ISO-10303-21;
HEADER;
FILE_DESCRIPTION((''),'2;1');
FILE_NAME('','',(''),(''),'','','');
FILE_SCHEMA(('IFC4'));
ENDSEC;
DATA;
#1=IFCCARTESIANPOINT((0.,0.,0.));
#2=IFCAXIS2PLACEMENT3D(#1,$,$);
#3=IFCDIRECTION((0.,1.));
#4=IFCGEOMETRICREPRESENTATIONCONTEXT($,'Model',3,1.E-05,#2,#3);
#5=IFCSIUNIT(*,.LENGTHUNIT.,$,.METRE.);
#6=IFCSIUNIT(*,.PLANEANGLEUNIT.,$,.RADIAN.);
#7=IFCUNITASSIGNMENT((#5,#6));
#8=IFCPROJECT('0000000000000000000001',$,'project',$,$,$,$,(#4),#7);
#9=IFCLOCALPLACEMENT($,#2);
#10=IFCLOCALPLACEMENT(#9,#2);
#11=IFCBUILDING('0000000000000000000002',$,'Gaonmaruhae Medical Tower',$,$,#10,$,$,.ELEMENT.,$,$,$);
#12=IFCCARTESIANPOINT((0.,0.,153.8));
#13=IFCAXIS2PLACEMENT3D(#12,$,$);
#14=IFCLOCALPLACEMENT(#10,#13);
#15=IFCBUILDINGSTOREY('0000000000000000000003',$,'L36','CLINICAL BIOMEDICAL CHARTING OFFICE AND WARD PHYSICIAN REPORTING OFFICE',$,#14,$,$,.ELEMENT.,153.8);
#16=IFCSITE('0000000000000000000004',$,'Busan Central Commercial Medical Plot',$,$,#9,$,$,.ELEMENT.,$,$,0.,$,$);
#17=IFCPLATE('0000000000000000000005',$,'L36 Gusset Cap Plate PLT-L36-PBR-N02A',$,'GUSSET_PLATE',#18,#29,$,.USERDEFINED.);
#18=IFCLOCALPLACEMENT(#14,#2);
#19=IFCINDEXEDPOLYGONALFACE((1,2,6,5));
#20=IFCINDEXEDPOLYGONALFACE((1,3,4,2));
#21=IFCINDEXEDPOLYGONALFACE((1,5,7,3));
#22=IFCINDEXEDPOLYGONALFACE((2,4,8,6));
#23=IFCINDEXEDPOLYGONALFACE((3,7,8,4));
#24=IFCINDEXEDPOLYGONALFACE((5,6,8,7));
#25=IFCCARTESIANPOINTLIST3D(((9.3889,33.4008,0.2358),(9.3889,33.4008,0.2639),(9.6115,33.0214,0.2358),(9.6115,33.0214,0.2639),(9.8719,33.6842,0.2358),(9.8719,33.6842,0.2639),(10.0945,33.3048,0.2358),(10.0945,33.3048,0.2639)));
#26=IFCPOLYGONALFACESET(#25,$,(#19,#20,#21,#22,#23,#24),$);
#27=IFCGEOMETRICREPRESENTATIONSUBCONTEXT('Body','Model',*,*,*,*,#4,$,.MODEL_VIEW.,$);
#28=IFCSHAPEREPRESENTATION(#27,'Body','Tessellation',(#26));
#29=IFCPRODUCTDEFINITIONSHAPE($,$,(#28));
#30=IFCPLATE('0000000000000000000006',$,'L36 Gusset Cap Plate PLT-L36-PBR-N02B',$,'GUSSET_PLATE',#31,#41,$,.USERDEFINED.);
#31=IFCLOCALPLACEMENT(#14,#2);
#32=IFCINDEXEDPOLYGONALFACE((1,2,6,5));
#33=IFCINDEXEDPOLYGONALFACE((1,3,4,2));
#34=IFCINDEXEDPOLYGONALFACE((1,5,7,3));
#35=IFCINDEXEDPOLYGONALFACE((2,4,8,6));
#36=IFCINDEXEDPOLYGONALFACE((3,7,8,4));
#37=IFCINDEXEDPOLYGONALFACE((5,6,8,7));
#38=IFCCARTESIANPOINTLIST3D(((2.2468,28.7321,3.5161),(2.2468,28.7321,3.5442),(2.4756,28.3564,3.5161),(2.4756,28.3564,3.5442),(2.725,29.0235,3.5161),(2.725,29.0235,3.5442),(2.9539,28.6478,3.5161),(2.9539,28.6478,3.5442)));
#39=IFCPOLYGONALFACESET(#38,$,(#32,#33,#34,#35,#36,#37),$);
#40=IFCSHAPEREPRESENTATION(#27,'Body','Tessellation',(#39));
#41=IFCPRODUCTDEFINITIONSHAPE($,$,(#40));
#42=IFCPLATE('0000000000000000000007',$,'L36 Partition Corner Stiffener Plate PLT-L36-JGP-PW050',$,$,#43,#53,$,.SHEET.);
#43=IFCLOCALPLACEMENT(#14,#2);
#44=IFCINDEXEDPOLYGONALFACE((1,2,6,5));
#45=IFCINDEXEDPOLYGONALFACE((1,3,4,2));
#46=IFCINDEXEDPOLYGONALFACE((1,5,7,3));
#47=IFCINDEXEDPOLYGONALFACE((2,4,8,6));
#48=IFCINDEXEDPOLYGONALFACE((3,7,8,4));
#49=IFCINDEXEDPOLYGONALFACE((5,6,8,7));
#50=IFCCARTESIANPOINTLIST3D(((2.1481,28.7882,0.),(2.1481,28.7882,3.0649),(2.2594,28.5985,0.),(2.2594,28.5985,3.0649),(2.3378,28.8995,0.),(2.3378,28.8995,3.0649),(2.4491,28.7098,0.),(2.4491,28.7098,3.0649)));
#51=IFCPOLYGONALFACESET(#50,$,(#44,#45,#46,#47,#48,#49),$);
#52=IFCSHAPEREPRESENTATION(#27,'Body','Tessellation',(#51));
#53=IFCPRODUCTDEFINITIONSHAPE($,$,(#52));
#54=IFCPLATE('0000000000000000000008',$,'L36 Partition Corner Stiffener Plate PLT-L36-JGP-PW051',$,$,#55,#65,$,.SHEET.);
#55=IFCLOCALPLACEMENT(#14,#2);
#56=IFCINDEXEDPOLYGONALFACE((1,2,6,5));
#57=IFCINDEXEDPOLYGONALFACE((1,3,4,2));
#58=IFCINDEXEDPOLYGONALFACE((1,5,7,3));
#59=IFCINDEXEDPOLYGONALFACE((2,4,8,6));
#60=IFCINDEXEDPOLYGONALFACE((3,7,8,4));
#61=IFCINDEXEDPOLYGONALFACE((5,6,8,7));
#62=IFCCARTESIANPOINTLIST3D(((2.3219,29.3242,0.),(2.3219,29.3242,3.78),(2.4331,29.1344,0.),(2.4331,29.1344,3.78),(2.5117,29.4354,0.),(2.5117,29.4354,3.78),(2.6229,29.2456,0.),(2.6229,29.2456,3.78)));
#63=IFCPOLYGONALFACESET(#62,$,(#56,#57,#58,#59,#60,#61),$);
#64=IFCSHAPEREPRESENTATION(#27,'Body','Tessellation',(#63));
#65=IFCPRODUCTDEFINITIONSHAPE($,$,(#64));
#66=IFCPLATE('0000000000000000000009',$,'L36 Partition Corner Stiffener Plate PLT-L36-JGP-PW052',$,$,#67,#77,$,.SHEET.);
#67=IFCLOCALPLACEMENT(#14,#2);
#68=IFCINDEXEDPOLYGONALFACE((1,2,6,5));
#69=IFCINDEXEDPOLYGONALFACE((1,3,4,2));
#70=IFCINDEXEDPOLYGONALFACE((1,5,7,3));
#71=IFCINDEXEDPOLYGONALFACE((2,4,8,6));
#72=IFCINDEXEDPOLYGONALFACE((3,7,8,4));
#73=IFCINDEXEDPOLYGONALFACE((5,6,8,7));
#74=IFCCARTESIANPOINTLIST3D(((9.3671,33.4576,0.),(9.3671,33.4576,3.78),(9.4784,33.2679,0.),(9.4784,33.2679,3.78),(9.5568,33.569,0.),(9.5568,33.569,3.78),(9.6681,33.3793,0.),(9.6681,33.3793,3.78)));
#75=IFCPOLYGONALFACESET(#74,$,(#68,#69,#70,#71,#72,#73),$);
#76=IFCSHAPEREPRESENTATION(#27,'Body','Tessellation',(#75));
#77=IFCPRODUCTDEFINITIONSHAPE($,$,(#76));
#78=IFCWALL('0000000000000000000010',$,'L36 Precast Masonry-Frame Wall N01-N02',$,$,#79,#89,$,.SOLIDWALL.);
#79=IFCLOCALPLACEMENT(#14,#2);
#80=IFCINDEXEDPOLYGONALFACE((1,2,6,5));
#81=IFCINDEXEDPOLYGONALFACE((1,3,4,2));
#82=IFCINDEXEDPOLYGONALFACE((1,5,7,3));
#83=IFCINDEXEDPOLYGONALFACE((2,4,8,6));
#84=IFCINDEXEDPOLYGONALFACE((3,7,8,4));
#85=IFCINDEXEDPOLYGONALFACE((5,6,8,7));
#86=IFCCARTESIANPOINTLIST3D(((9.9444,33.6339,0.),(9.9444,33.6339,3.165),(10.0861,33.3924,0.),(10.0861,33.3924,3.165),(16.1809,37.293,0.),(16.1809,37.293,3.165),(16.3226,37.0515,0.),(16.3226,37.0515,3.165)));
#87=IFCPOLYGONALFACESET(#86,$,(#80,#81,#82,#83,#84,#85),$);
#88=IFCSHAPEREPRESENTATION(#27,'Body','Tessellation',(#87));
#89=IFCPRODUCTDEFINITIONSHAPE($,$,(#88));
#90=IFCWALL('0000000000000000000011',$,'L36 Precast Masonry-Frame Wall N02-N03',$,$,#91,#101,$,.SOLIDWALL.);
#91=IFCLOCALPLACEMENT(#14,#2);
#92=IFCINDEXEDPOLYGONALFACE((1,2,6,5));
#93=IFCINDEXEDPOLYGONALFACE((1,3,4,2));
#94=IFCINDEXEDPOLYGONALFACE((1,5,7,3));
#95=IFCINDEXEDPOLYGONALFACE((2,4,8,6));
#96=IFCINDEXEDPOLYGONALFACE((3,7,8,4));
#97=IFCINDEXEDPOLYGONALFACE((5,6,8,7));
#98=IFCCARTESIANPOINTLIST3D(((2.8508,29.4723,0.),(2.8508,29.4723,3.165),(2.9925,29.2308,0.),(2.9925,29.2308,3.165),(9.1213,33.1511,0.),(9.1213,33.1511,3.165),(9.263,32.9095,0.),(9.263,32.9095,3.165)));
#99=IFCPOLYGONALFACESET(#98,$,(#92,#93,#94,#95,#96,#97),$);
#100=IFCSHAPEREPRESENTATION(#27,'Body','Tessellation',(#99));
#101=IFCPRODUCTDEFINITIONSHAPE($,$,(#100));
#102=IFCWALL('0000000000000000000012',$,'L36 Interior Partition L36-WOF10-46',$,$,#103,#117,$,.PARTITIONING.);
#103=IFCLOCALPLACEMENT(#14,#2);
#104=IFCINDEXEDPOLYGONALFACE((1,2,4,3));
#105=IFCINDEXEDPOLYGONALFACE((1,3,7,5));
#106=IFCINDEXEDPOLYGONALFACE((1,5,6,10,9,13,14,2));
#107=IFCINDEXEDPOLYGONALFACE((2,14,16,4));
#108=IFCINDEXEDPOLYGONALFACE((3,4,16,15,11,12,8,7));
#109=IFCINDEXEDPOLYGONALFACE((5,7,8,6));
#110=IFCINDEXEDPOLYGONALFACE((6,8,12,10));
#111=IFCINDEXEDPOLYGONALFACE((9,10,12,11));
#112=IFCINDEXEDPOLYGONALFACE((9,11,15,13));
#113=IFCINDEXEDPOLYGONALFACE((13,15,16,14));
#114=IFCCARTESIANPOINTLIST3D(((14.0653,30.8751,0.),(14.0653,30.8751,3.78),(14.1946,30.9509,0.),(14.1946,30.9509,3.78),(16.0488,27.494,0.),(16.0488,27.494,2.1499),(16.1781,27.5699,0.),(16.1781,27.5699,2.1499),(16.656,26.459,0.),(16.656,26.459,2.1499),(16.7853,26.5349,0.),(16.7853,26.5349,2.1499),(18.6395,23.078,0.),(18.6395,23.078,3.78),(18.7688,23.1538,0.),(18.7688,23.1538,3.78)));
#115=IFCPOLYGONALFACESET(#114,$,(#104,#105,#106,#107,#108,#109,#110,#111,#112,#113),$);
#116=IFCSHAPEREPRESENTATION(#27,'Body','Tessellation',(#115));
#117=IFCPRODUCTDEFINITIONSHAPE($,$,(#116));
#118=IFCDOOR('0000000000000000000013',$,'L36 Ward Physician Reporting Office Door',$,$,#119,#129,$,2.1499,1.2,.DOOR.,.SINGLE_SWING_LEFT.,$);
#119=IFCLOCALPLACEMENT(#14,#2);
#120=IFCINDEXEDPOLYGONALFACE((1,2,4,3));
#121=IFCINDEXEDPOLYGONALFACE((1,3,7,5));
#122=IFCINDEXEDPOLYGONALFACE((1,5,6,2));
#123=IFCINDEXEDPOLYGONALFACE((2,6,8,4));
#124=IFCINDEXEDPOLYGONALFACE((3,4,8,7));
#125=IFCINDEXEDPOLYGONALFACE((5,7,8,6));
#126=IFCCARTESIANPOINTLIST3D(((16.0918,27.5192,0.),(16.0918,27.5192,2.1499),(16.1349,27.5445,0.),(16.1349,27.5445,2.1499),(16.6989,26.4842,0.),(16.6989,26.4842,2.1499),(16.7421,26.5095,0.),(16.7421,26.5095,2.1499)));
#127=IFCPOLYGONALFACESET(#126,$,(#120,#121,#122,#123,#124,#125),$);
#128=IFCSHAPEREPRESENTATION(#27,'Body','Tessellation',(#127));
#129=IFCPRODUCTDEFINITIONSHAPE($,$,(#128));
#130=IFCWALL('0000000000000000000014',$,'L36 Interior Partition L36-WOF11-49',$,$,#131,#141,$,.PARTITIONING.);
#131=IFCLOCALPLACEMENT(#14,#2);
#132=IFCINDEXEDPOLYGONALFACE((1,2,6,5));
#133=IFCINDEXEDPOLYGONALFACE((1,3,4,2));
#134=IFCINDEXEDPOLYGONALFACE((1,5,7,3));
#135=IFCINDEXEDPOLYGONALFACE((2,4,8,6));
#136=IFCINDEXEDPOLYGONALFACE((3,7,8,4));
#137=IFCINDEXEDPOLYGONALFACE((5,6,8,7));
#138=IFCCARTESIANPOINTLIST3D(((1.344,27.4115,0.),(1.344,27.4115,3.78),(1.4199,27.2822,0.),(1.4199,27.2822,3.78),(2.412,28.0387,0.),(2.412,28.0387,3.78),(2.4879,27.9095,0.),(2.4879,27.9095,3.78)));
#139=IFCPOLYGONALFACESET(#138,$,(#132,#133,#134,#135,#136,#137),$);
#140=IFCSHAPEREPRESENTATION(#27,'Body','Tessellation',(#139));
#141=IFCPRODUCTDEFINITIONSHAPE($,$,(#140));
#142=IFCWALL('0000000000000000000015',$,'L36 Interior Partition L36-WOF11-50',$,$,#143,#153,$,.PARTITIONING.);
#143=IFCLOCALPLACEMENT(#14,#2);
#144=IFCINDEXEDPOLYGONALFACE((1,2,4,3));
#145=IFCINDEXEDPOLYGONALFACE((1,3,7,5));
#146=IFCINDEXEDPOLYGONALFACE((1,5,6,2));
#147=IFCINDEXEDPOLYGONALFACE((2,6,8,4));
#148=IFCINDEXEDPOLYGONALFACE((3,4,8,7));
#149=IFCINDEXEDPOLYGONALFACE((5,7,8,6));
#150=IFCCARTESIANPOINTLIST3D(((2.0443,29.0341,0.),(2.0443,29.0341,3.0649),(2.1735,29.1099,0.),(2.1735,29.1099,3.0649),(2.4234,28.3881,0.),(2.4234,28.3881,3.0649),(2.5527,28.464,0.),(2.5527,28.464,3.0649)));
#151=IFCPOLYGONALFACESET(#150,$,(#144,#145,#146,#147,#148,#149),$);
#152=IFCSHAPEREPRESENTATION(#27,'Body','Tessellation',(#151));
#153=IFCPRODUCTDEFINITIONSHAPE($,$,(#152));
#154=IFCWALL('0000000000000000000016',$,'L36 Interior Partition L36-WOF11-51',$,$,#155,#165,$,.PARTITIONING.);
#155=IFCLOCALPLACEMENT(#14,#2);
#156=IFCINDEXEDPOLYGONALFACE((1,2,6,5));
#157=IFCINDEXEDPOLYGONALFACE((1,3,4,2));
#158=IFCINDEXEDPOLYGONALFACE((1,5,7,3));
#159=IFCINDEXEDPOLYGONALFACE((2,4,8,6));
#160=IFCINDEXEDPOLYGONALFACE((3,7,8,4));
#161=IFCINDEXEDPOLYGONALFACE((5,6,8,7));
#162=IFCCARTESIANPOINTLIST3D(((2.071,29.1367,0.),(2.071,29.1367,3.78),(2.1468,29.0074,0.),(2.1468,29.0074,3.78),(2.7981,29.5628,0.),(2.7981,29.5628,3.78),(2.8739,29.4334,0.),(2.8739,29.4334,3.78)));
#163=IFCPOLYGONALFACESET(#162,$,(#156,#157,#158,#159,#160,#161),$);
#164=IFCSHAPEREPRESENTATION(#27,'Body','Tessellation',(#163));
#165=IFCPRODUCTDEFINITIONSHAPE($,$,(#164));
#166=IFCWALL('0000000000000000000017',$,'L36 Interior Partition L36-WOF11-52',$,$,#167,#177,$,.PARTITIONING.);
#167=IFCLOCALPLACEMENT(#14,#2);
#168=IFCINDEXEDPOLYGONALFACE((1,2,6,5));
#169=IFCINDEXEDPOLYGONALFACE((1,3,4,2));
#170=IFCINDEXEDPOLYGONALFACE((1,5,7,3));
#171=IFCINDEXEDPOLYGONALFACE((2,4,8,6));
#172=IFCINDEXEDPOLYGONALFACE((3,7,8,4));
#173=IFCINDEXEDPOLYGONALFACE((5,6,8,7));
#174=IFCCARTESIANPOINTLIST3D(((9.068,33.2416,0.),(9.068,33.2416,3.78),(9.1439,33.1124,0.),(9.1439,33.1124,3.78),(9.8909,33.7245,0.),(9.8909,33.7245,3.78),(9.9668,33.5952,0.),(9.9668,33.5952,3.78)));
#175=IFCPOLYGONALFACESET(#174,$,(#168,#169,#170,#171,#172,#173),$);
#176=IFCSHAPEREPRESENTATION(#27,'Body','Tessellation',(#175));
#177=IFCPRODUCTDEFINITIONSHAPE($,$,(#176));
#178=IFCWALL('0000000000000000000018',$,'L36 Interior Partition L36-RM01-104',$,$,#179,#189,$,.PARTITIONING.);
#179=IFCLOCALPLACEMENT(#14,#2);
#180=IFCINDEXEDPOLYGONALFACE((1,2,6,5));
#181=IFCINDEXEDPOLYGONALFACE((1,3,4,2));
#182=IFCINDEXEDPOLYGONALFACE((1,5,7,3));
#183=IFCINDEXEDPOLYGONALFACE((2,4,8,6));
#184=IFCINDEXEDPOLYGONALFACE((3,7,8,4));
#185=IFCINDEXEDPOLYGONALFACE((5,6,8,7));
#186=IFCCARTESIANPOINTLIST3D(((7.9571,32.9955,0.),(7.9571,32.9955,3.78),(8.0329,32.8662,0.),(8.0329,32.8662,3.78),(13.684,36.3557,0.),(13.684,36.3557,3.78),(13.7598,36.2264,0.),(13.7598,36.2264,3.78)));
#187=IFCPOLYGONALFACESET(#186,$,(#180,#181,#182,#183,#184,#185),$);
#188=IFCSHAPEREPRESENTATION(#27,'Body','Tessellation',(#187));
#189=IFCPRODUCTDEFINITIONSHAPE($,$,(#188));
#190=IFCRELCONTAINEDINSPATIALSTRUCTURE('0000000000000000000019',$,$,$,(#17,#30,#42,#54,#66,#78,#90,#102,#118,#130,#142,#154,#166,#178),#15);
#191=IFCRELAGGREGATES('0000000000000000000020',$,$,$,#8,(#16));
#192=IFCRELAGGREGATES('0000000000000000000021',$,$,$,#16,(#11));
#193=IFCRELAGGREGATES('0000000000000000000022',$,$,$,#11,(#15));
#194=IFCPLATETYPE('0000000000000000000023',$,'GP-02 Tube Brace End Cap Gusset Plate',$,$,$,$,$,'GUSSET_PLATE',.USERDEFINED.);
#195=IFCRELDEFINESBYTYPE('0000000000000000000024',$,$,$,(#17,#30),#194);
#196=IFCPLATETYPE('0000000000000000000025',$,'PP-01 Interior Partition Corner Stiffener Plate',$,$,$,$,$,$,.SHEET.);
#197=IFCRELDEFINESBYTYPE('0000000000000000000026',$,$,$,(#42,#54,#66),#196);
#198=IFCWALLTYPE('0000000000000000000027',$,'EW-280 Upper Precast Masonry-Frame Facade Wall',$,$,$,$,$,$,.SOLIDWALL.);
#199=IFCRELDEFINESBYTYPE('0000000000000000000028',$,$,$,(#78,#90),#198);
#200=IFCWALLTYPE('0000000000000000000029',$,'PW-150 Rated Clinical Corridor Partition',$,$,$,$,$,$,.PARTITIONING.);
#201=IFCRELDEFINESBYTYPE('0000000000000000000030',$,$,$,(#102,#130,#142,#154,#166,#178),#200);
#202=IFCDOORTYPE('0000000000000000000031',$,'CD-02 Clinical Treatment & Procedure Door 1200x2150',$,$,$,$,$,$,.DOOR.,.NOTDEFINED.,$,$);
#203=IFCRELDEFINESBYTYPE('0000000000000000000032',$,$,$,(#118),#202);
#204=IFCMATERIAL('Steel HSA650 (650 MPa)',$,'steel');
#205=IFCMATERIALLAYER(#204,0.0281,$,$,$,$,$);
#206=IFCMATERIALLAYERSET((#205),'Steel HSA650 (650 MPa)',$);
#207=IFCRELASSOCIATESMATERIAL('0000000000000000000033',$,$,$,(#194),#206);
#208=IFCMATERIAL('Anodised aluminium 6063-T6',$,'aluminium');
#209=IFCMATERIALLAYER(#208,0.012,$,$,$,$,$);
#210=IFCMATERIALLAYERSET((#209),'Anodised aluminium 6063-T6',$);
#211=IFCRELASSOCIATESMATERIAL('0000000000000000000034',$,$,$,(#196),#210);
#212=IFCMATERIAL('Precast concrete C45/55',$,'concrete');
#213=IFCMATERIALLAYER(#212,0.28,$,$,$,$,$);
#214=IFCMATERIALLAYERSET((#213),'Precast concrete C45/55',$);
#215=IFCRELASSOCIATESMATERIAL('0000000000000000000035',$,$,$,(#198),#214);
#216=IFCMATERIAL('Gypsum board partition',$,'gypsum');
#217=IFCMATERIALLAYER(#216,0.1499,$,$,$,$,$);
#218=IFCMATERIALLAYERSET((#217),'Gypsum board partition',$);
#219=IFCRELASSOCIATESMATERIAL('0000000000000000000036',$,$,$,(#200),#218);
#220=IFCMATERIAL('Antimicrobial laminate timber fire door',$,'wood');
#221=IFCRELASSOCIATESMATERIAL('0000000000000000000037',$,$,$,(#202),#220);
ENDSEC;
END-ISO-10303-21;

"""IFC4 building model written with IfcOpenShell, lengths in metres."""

from ifc_helpers import new_model, si_unit, direction, frame, frame_2d, origin, origin_2d, place, context, subcontext, project, spatial, rectangle, extrude, material, layer, layer_set, type_object, element, fill, save


model = new_model("IFC4")

# Units and contexts
model_context = context("Model", 3, precision=1e-05, world=origin(), true_north=direction((0.0, 1.0)))
body_context = subcontext(model_context, "Body", "Model", "MODEL_VIEW")
ifc_project = project(units=[si_unit("LENGTHUNIT", "METRE"), si_unit("PLANEANGLEUNIT", "RADIAN")], contexts=[model_context])

# Site, building, storey
site_placement = place(None, origin())
site = spatial("IfcSite", under=ifc_project, at=site_placement, Name="Busan Central Commercial Medical Plot", CompositionType="ELEMENT", RefElevation=0.0)
building_placement = place(site_placement, origin())
building = spatial("IfcBuilding", under=site, at=building_placement, Name="Gaonmaruhae Medical Tower", CompositionType="ELEMENT")
storey_placement = place(building_placement, frame((0.0, 0.0, 153.8)))
storey = spatial("IfcBuildingStorey", under=building, at=storey_placement, Name="L36", Description="CLINICAL BIOMEDICAL CHARTING OFFICE AND WARD PHYSICIAN REPORTING OFFICE", CompositionType="ELEMENT", Elevation=153.8)

# Plates
ifc_material_1 = material(Name="Steel HSA650 (650 MPa)", Category="steel")
ifc_layer_1 = layer(ifc_material_1, 0.0281)
ifc_layer_set_1 = layer_set([ifc_layer_1], Name="Steel HSA650 (650 MPa)")
plate_type_1 = type_object("IfcPlateType", Name="GP-02 Tube Brace End Cap Gusset Plate", ElementType="GUSSET_PLATE", PredefinedType="USERDEFINED", material=ifc_layer_set_1)
for number, where, z_axis, x_axis, name in (
    (1, (9.7417, 33.3528, 0.2358), (0.0, 0.0, 1.0), (0.862514, 0.506034, 0.0), "L36 Gusset Cap Plate PLT-L36-PBR-N02A"),
    (2, (2.6003, 28.6899, 3.5161), (0.0, 0.0, 1.0), (0.854005, 0.520265, 0.0), "L36 Gusset Cap Plate PLT-L36-PBR-N02B"),
):
    element("IfcPlate", number, at=place(storey_placement, frame(where, z_axis=z_axis, x_axis=x_axis)), inside=storey, type_object=plate_type_1, Name=name, ObjectType="GUSSET_PLATE", PredefinedType="USERDEFINED", context=body_context, shape_type="SweptSolid", body=[
        extrude(rectangle(XDim=0.5601, YDim=0.4399, at=origin_2d()), origin(), (0.0, 0.0, 1.0), 0.0281),
    ])
ifc_material_2 = material(Name="Anodised aluminium 6063-T6", Category="aluminium")
ifc_layer_2 = layer(ifc_material_2, 0.012)
ifc_layer_set_2 = layer_set([ifc_layer_2], Name="Anodised aluminium 6063-T6")
plate_type_2 = type_object("IfcPlateType", Name="PP-01 Interior Partition Corner Stiffener Plate", PredefinedType="SHEET", material=ifc_layer_set_2)
plate_placement = place(storey_placement, frame((2.2986, 28.749, 0.0), z_axis=(0.0, 0.0, 1.0), x_axis=(-0.506034, 0.862514, 0.0)))
element("IfcPlate", 3, at=plate_placement, inside=storey, type_object=plate_type_2, Name="L36 Partition Corner Stiffener Plate PLT-L36-JGP-PW050", PredefinedType="SHEET", context=body_context, shape_type="SweptSolid", body=[
    extrude(rectangle(XDim=0.22, YDim=0.22, at=origin_2d()), origin(), (0.0, 0.0, 1.0), 3.0649),
])
for number, where, z_axis, x_axis, name in (
    (4, (2.4724, 29.2849, 0.0), (0.0, 0.0, 1.0), (0.862787, 0.505567, 0.0), "L36 Partition Corner Stiffener Plate PLT-L36-JGP-PW051"),
    (5, (9.5176, 33.4185, 0.0), (0.0, 0.0, 1.0), (0.862443, 0.506154, 0.0), "L36 Partition Corner Stiffener Plate PLT-L36-JGP-PW052"),
):
    element("IfcPlate", number, at=place(storey_placement, frame(where, z_axis=z_axis, x_axis=x_axis)), inside=storey, type_object=plate_type_2, Name=name, PredefinedType="SHEET", context=body_context, shape_type="SweptSolid", body=[
        extrude(rectangle(XDim=0.22, YDim=0.22, at=origin_2d()), origin(), (0.0, 0.0, 1.0), 3.78),
    ])

# Walls
ifc_material_3 = material(Name="Precast concrete C45/55", Category="concrete")
ifc_layer_3 = layer(ifc_material_3, 0.28)
ifc_layer_set_3 = layer_set([ifc_layer_3], Name="Precast concrete C45/55")
wall_type_1 = type_object("IfcWallType", Name="EW-280 Upper Precast Masonry-Frame Facade Wall", PredefinedType="SOLIDWALL", material=ifc_layer_set_3)
wall_1_placement = place(storey_placement, frame((10.0154, 33.5132, 0.0), z_axis=(0.0, 0.0, 1.0), x_axis=(0.862501, 0.506055, 0.0)))
element("IfcWall", 6, at=wall_1_placement, inside=storey, type_object=wall_type_1, Name="L36 Precast Masonry-Frame Wall N01-N02", PredefinedType="SOLIDWALL", context=body_context, shape_type="SweptSolid", body=[
    extrude(rectangle(XDim=7.2307, YDim=0.28, at=frame_2d((3.6152, 0.0))), origin(), (0.0, 0.0, 1.0), 3.165),
])
wall_2_placement = place(storey_placement, frame((2.9216, 29.3516, 0.0), z_axis=(0.0, 0.0, 1.0), x_axis=(0.862524, 0.506016, 0.0)))
element("IfcWall", 7, at=wall_2_placement, inside=storey, type_object=wall_type_1, Name="L36 Precast Masonry-Frame Wall N02-N03", PredefinedType="SOLIDWALL", context=body_context, shape_type="SweptSolid", body=[
    extrude(rectangle(XDim=7.27, YDim=0.28, at=frame_2d((3.635, 0.0))), origin(), (0.0, 0.0, 1.0), 3.165),
])

# Wall, opening, door
ifc_material_4 = material(Name="Gypsum board partition", Category="gypsum")
ifc_layer_4 = layer(ifc_material_4, 0.1499)
ifc_layer_set_4 = layer_set([ifc_layer_4], Name="Gypsum board partition")
wall_type_2 = type_object("IfcWallType", Name="PW-150 Rated Clinical Corridor Partition", PredefinedType="PARTITIONING", material=ifc_layer_set_4)
wall_3_placement = place(storey_placement, frame((14.1299, 30.9131, 0.0), z_axis=(0.0, 0.0, 1.0), x_axis=(0.506007, -0.862529, 0.0)))
wall_3 = element("IfcWall", 8, at=wall_3_placement, inside=storey, type_object=wall_type_2, Name="L36 Interior Partition L36-WOF10-46", PredefinedType="PARTITIONING", context=body_context, shape_type="SweptSolid", body=[
    extrude(rectangle(XDim=9.0398, YDim=0.1499, at=frame_2d((4.52, 0.0))), origin(), (0.0, 0.0, 1.0), 3.78),
])
opening_1_placement = place(wall_3_placement, frame((3.9199, 0.0, 0.0)))
opening_1 = element("IfcOpeningElement", 9, at=opening_1_placement, cuts=wall_3, PredefinedType="OPENING", context=body_context, shape_type="SweptSolid", body=[
    extrude(rectangle(XDim=1.2, YDim=2.1499, at=frame_2d((0.6001, 1.075))), frame((0.0, 0.085, 0.0), z_axis=(0.0, -1.0, 0.0), x_axis=(1.0, 0.0, 0.0)), (0.0, 0.0, 1.0), 0.1699),
])
ifc_material_5 = material(Name="Antimicrobial laminate timber fire door", Category="wood")
door_type_1 = type_object("IfcDoorType", Name="CD-02 Clinical Treatment & Procedure Door 1200x2150", OperationType="NOTDEFINED", PredefinedType="DOOR", material=ifc_material_5)
door_1_placement = place(opening_1_placement, origin())
door_1 = element("IfcDoor", 10, at=door_1_placement, inside=storey, type_object=door_type_1, Name="L36 Ward Physician Reporting Office Door", OperationType="SINGLE_SWING_LEFT", OverallHeight=2.1499, OverallWidth=1.2, PredefinedType="DOOR", context=body_context, shape_type="SweptSolid", body=[
    extrude(rectangle(XDim=1.2, YDim=2.1499, at=frame_2d((0.6001, 1.075))), frame((0.0, 0.0249, 0.0), z_axis=(0.0, -1.0, 0.0), x_axis=(1.0, 0.0, 0.0)), (0.0, 0.0, 1.0), 0.05),
])
fill(opening_1, door_1)

# Walls
wall_4_placement = place(storey_placement, frame((1.3821, 27.3469, 0.0), z_axis=(0.0, 0.0, 1.0), x_axis=(0.862274, 0.506443, 0.0)))
element("IfcWall", 11, at=wall_4_placement, inside=storey, type_object=wall_type_2, Name="L36 Interior Partition L36-WOF11-49", PredefinedType="PARTITIONING", context=body_context, shape_type="SweptSolid", body=[
    extrude(rectangle(XDim=1.2385, YDim=0.1499, at=frame_2d((0.6191, 0.0))), origin(), (0.0, 0.0, 1.0), 3.78),
])
wall_5_placement = place(storey_placement, frame((2.488, 28.426, 0.0), z_axis=(0.0, 0.0, 1.0), x_axis=(-0.506179, 0.862428, 0.0)))
element("IfcWall", 12, at=wall_5_placement, inside=storey, type_object=wall_type_2, Name="L36 Interior Partition L36-WOF11-50", PredefinedType="PARTITIONING", context=body_context, shape_type="SweptSolid", body=[
    extrude(rectangle(XDim=0.749, YDim=0.1499, at=frame_2d((0.3745, 0.0))), origin(), (0.0, 0.0, 1.0), 3.0649),
])
wall_6_placement = place(storey_placement, frame((2.1089, 29.072, 0.0), z_axis=(0.0, 0.0, 1.0), x_axis=(0.862789, 0.505563, 0.0)))
element("IfcWall", 13, at=wall_6_placement, inside=storey, type_object=wall_type_2, Name="L36 Interior Partition L36-WOF11-51", PredefinedType="PARTITIONING", context=body_context, shape_type="SweptSolid", body=[
    extrude(rectangle(XDim=0.8428, YDim=0.1499, at=frame_2d((0.4214, 0.0))), origin(), (0.0, 0.0, 1.0), 3.78),
])
wall_7_placement = place(storey_placement, frame((9.106, 33.177, 0.0), z_axis=(0.0, 0.0, 1.0), x_axis=(0.862486, 0.506081, 0.0)))
element("IfcWall", 14, at=wall_7_placement, inside=storey, type_object=wall_type_2, Name="L36 Interior Partition L36-WOF11-52", PredefinedType="PARTITIONING", context=body_context, shape_type="SweptSolid", body=[
    extrude(rectangle(XDim=0.9541, YDim=0.1499, at=frame_2d((0.4771, 0.0))), origin(), (0.0, 0.0, 1.0), 3.78),
])

# Wall
wall_8_placement = place(storey_placement, frame((7.9951, 32.9309, 0.0), z_axis=(0.0, 0.0, 1.0), x_axis=(0.8625, 0.506057, 0.0)))
element("IfcWall", 15, at=wall_8_placement, inside=storey, type_object=wall_type_2, Name="L36 Interior Partition L36-RM01-104", PredefinedType="PARTITIONING", context=body_context, shape_type="SweptSolid", body=[
    extrude(rectangle(XDim=6.6399, YDim=0.1499, at=frame_2d((3.3198, 0.0))), origin(), (0.0, 0.0, 1.0), 3.78),
])

save(model, "model.ifc")
